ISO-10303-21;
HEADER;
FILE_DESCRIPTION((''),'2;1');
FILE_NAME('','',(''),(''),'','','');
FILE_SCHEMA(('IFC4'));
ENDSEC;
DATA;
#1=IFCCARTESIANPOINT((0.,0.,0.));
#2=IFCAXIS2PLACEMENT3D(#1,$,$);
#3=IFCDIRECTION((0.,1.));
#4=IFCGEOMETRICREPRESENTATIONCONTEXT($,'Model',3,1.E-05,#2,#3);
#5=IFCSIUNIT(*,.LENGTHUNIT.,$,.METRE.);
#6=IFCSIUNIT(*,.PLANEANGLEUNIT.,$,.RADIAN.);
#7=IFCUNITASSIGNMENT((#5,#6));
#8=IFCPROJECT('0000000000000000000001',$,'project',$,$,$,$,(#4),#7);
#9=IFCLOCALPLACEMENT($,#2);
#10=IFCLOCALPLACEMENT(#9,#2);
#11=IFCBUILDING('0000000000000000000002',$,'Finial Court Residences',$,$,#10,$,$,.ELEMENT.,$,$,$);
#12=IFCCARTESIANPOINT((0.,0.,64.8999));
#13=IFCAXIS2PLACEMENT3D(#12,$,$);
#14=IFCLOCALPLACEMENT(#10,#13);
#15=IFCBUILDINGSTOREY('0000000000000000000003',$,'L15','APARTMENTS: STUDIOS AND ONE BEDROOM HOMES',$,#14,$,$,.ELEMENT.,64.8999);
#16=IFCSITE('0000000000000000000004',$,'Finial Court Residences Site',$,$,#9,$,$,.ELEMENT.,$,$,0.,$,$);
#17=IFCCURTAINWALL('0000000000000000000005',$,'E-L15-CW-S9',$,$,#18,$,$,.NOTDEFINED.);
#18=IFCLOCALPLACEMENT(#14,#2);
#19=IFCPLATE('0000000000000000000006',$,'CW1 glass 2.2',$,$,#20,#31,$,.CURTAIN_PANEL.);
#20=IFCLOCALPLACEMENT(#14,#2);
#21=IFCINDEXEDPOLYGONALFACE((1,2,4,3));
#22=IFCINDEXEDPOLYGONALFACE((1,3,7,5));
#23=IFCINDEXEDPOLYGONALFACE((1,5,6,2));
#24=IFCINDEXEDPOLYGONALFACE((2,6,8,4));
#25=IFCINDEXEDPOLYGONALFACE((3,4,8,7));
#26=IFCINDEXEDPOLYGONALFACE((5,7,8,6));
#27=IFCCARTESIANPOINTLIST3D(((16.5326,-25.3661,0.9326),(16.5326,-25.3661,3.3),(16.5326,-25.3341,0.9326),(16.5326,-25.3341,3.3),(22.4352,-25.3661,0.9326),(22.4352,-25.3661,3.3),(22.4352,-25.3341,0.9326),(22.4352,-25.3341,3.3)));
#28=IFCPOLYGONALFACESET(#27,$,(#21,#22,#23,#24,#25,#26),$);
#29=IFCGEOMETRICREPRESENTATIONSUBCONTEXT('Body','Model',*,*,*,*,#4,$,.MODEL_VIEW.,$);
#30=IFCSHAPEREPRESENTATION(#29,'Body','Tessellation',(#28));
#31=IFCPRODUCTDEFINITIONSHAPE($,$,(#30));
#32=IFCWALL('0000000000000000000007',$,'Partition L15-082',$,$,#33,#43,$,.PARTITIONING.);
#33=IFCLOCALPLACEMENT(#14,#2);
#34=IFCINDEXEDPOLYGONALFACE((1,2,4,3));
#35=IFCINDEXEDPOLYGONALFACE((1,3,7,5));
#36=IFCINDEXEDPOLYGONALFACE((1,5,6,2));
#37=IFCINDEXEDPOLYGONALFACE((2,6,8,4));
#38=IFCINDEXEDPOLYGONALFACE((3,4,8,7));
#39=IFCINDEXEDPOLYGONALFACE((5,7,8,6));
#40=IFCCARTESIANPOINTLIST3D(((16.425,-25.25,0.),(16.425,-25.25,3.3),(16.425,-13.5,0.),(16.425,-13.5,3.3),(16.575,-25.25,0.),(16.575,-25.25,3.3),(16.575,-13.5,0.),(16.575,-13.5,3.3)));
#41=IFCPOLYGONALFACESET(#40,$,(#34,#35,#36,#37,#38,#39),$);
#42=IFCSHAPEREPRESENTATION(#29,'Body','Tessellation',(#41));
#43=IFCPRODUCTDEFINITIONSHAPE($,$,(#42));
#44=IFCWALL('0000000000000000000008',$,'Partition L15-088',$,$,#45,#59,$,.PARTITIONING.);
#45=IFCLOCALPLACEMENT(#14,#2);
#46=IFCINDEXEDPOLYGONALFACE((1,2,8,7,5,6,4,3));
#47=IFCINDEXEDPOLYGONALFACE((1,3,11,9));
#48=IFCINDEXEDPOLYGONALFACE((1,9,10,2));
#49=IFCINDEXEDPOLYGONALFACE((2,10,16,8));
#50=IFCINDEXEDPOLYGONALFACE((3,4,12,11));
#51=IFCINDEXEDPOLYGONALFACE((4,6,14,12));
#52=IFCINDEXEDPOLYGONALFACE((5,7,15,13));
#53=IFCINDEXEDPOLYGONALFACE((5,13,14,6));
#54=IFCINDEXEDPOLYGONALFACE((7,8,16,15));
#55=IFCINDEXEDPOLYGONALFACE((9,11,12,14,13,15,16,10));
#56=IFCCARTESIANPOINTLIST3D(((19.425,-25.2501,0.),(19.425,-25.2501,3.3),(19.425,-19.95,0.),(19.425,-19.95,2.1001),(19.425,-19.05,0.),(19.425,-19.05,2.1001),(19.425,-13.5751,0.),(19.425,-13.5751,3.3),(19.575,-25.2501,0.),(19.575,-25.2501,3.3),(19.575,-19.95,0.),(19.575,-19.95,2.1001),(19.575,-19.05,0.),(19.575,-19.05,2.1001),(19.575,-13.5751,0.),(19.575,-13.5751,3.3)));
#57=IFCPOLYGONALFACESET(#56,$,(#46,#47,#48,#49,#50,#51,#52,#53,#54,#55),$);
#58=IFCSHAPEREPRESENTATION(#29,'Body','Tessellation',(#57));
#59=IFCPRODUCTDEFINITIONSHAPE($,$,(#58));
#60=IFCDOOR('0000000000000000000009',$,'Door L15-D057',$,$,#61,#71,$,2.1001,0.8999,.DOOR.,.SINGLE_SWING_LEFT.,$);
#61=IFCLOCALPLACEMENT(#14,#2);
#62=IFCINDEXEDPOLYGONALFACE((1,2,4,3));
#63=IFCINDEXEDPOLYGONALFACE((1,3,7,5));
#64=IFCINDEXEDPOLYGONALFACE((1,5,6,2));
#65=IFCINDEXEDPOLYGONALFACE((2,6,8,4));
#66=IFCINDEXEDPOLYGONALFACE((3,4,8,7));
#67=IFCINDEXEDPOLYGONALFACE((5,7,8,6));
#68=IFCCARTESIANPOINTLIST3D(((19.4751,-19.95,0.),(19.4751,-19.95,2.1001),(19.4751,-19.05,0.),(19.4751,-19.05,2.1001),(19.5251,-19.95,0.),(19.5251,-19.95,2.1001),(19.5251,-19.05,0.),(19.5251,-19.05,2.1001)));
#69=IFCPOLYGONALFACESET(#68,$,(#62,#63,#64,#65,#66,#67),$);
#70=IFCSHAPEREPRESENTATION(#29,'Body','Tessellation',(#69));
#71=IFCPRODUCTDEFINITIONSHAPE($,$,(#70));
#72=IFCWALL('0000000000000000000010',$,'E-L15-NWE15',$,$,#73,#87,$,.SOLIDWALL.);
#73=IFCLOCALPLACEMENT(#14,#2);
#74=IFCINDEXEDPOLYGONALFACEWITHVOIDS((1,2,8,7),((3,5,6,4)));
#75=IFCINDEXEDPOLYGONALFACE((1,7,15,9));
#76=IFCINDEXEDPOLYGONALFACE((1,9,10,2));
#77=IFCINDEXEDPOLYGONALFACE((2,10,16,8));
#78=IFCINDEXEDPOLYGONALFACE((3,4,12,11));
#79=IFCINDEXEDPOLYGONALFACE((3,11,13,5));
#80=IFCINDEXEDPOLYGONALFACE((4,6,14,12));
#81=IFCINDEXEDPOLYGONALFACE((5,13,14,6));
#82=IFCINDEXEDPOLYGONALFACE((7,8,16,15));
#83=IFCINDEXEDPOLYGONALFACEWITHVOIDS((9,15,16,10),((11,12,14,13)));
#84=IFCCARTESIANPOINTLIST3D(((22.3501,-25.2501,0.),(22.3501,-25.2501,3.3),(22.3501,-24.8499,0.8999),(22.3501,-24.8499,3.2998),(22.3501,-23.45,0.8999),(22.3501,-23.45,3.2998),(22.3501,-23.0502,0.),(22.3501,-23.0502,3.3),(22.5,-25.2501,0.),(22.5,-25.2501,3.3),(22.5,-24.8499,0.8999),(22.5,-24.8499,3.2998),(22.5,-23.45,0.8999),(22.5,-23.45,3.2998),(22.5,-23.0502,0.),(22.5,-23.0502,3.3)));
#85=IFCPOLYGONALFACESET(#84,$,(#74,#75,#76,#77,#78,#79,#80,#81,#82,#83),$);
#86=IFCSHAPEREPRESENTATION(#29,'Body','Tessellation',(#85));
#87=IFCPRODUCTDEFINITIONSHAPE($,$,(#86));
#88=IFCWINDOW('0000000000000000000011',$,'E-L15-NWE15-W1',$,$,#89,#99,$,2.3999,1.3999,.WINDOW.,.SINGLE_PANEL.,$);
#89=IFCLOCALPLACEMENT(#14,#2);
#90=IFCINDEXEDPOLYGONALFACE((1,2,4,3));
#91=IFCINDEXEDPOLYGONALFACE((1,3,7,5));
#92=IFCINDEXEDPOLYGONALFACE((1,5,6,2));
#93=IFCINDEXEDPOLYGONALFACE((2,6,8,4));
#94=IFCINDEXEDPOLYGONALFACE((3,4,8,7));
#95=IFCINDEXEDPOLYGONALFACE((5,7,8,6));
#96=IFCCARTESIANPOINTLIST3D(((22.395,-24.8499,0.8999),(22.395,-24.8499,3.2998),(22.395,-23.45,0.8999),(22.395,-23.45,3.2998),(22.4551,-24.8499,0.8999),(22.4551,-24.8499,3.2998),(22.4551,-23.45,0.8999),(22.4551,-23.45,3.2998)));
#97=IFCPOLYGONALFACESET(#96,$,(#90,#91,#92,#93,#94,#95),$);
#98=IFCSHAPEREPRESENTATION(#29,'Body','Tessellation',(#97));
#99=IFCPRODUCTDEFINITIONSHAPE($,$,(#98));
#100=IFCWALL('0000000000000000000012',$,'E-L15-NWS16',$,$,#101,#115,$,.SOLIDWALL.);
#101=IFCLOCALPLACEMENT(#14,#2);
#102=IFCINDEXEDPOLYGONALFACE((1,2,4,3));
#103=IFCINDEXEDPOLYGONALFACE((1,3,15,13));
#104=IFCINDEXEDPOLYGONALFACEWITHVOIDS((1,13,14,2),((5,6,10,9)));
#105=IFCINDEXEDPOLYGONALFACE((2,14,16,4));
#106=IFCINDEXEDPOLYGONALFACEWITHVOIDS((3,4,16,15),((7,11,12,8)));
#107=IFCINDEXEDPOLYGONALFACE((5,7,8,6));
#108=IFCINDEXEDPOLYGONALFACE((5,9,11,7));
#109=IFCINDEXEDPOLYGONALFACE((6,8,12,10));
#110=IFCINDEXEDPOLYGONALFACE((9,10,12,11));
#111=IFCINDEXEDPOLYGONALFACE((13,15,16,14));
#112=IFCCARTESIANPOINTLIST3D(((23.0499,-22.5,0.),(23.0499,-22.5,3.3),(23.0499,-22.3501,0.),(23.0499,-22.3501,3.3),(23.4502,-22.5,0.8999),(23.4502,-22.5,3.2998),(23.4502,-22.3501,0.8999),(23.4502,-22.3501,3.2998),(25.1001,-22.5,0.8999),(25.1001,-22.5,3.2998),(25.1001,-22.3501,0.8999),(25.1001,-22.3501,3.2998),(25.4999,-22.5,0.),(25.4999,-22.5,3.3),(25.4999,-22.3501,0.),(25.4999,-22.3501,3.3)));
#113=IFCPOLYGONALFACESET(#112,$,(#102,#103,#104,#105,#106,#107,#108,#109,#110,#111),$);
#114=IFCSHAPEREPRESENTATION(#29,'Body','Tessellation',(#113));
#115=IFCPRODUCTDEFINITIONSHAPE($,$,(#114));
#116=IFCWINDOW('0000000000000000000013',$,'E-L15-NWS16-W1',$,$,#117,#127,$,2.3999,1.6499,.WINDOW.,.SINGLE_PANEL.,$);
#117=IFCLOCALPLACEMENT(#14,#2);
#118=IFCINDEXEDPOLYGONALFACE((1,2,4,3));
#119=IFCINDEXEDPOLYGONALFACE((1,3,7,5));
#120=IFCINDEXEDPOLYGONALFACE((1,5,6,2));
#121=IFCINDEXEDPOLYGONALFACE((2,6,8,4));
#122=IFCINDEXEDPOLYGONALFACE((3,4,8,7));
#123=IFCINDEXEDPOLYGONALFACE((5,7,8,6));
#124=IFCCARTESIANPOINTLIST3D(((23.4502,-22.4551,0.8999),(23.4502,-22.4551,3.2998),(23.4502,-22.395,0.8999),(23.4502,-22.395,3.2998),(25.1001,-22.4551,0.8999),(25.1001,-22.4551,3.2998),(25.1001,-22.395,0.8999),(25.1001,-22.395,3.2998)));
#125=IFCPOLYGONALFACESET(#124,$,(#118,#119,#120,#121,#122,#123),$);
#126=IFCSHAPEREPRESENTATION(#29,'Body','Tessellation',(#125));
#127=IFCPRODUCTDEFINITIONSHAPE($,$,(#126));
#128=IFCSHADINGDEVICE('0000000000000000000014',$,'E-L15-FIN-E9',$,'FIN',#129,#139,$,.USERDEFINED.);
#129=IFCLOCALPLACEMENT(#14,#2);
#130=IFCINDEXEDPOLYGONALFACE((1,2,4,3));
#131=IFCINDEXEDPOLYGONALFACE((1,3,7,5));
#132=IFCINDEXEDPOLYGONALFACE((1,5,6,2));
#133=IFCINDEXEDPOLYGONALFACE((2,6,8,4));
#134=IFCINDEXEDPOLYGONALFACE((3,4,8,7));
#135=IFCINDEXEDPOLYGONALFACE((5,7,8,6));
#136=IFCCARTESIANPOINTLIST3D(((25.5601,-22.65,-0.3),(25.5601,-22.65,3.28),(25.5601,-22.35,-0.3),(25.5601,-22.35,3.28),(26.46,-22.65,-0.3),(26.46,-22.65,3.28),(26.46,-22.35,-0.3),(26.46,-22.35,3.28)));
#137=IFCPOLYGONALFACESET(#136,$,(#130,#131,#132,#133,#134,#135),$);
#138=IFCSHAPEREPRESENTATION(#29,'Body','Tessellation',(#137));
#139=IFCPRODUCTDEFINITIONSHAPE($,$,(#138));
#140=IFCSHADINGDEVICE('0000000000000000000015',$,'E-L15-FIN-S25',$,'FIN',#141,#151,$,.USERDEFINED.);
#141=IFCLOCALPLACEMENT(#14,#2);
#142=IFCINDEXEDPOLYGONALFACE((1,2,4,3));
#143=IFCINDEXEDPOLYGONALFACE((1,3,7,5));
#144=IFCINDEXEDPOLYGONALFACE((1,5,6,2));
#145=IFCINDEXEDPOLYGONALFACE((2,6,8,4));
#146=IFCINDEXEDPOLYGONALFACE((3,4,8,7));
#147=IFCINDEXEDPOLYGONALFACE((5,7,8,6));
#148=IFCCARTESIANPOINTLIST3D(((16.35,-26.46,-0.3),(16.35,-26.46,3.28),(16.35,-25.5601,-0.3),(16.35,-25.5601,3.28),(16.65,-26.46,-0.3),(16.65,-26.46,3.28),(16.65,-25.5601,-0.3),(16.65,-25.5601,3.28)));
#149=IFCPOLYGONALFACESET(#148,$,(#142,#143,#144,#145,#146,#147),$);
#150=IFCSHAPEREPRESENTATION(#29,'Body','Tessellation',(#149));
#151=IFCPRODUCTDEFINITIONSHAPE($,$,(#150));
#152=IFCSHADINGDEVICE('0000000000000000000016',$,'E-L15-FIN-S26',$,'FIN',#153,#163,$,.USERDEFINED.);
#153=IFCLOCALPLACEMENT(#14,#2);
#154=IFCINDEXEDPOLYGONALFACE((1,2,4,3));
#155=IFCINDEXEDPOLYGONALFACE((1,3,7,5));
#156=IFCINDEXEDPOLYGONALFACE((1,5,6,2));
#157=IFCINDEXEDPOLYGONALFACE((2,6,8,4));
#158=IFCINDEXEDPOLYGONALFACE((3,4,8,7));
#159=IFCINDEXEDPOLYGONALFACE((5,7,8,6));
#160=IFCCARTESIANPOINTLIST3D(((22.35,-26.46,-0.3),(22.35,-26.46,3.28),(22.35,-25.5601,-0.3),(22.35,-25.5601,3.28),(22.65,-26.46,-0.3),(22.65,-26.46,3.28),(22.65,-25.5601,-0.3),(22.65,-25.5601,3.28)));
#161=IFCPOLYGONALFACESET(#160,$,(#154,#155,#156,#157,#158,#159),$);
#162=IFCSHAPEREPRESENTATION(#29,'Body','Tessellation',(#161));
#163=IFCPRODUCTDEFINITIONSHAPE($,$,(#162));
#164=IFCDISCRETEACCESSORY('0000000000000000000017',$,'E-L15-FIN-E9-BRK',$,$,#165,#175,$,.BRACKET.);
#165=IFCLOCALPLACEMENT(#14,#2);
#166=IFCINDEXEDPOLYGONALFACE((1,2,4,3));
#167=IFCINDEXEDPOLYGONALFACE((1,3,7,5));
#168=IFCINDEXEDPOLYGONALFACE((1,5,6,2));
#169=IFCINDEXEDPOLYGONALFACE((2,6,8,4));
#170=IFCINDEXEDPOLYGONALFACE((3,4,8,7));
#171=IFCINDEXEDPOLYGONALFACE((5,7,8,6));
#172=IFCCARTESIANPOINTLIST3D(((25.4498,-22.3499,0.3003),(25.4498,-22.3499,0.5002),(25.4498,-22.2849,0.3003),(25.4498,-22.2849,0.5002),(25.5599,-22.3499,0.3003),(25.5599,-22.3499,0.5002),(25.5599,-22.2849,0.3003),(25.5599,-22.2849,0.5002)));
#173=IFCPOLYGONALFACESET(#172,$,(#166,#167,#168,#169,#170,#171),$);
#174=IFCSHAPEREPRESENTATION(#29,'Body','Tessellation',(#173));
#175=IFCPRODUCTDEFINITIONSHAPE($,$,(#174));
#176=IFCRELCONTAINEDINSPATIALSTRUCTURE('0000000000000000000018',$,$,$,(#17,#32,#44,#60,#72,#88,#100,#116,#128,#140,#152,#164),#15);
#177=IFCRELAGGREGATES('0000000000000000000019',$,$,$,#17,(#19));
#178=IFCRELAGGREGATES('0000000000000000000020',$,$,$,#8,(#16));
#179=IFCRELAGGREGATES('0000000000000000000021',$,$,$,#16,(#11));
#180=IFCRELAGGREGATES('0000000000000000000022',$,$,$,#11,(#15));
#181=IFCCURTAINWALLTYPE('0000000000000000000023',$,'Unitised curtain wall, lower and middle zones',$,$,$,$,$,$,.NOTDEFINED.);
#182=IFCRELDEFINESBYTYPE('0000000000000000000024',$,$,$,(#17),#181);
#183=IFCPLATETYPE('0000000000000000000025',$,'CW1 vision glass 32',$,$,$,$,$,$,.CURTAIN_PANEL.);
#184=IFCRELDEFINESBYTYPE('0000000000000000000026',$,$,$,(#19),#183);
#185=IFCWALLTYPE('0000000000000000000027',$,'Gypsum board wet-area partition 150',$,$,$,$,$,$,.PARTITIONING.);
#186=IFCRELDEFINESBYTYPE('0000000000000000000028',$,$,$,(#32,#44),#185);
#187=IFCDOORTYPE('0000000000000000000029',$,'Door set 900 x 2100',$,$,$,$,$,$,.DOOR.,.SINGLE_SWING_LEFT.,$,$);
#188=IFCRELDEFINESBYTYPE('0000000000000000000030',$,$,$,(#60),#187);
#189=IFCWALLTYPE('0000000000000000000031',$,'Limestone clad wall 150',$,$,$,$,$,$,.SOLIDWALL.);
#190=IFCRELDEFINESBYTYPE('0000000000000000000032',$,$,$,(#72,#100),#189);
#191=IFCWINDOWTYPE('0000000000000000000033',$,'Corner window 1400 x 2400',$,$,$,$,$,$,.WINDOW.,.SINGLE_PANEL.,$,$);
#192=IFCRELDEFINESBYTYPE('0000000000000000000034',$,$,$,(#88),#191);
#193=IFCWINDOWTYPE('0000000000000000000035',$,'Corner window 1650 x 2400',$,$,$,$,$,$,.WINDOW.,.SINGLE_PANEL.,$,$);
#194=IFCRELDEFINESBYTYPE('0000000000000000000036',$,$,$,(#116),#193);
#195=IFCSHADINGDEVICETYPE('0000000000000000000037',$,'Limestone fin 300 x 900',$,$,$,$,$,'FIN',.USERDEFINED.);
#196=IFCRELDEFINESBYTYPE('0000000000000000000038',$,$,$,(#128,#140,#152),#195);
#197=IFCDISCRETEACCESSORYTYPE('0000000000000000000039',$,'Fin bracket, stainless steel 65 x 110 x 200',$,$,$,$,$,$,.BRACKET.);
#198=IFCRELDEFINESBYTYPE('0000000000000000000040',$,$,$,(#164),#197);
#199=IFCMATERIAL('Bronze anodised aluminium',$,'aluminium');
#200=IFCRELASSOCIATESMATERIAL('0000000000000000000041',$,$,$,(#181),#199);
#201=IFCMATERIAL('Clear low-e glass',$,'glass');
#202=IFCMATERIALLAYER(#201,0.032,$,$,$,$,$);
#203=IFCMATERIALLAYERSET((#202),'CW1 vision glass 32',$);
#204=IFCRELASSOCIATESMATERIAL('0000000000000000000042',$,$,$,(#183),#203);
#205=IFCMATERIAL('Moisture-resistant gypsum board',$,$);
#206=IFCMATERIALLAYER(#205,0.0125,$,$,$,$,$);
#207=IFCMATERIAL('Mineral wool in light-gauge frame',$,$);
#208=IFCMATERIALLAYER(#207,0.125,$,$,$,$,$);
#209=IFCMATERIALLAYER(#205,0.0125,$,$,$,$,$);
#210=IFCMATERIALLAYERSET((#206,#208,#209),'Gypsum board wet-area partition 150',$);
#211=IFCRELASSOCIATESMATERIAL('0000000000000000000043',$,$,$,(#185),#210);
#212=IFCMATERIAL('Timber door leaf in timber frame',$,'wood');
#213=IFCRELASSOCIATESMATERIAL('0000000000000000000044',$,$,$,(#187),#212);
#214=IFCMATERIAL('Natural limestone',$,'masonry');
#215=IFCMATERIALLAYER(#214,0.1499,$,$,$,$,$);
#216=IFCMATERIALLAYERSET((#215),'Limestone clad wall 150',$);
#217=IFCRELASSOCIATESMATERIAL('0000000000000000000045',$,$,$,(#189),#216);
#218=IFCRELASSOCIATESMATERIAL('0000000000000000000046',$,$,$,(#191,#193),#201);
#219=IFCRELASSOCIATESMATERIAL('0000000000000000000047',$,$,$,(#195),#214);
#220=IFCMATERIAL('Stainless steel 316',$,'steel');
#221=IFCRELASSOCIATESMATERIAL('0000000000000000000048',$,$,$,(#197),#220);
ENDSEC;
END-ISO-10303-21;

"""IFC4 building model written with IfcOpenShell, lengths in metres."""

from ifc_helpers import new_model, si_unit, direction, frame, frame_2d, origin, origin_2d, place, context, subcontext, project, spatial, rectangle, extrude, material, layer, layer_set, type_object, element, fill, aggregate, save


model = new_model("IFC4")

# Units and contexts
model_context = context("Model", 3, precision=1e-05, world=origin(), true_north=direction((0.0, 1.0)))
body_context = subcontext(model_context, "Body", "Model", "MODEL_VIEW")
ifc_project = project(units=[si_unit("LENGTHUNIT", "METRE"), si_unit("PLANEANGLEUNIT", "RADIAN")], contexts=[model_context])

# Site, building, storey
site_placement = place(None, origin())
site = spatial("IfcSite", under=ifc_project, at=site_placement, Name="Finial Court Residences Site", CompositionType="ELEMENT", RefElevation=0.0)
building_placement = place(site_placement, origin())
building = spatial("IfcBuilding", under=site, at=building_placement, Name="Finial Court Residences", CompositionType="ELEMENT")
storey_placement = place(building_placement, frame((0.0, 0.0, 64.8999)))
storey = spatial("IfcBuildingStorey", under=building, at=storey_placement, Name="L15", Description="APARTMENTS: STUDIOS AND ONE BEDROOM HOMES", CompositionType="ELEMENT", Elevation=64.8999)

# Shared definitions
ifc_material_1 = material(Name="Bronze anodised aluminium", Category="aluminium")
curtain_wall_type = type_object("IfcCurtainWallType", Name="Unitised curtain wall, lower and middle zones", PredefinedType="NOTDEFINED", material=ifc_material_1)

# Curtain wall
curtain_wall_1_placement = place(storey_placement, origin())
curtain_wall_1 = element("IfcCurtainWall", 1, at=curtain_wall_1_placement, inside=storey, type_object=curtain_wall_type, Name="E-L15-CW-S9", PredefinedType="NOTDEFINED")

# Plate
ifc_material_2 = material(Name="Clear low-e glass", Category="glass")
ifc_layer_1 = layer(ifc_material_2, 0.032)
ifc_layer_set_1 = layer_set([ifc_layer_1], Name="CW1 vision glass 32")
plate_type_1 = type_object("IfcPlateType", Name="CW1 vision glass 32", PredefinedType="CURTAIN_PANEL", material=ifc_layer_set_1)
plate_1_placement = place(storey_placement, frame((19.4839, -25.3501, 0.9326), z_axis=(0.0, 0.0, 1.0), x_axis=(1.0, 0.0, 0.0)))
plate_1 = element("IfcPlate", 2, at=plate_1_placement, type_object=plate_type_1, Name="CW1 glass 2.2", PredefinedType="CURTAIN_PANEL", context=body_context, shape_type="SweptSolid", body=[
    extrude(rectangle(XDim=5.9026, YDim=0.032, at=origin_2d()), origin(), (0.0, 0.0, 1.0), 2.3674),
])
aggregate(curtain_wall_1, [plate_1])

# Wall
ifc_material_3 = material(Name="Moisture-resistant gypsum board")
ifc_layer_2 = layer(ifc_material_3, 0.0125)
ifc_material_4 = material(Name="Mineral wool in light-gauge frame")
ifc_layer_3 = layer(ifc_material_4, 0.125)
ifc_layer_4 = layer(ifc_material_3, 0.0125)
ifc_layer_set_2 = layer_set([ifc_layer_2, ifc_layer_3, ifc_layer_4], Name="Gypsum board wet-area partition 150")
wall_type_1 = type_object("IfcWallType", Name="Gypsum board wet-area partition 150", PredefinedType="PARTITIONING", material=ifc_layer_set_2)
wall_1_placement = place(storey_placement, frame((16.5, -25.25, 0.0), z_axis=(0.0, 0.0, 1.0), x_axis=(0.0, 1.0, 0.0)))
element("IfcWall", 3, at=wall_1_placement, inside=storey, type_object=wall_type_1, Name="Partition L15-082", PredefinedType="PARTITIONING", context=body_context, shape_type="SweptSolid", body=[
    extrude(rectangle(XDim=11.75, YDim=0.1499, at=frame_2d((5.875, 0.0))), origin(), (0.0, 0.0, 1.0), 3.3),
])

# Wall, opening, door
wall_2_placement = place(storey_placement, frame((19.5, -25.25, 0.0), z_axis=(0.0, 0.0, 1.0), x_axis=(0.0, 1.0, 0.0)))
wall_2 = element("IfcWall", 4, at=wall_2_placement, inside=storey, type_object=wall_type_1, Name="Partition L15-088", PredefinedType="PARTITIONING", context=body_context, shape_type="SweptSolid", body=[
    extrude(rectangle(XDim=11.675, YDim=0.1499, at=frame_2d((5.8374, 0.0))), origin(), (0.0, 0.0, 1.0), 3.3),
])
opening_1_placement = place(wall_2_placement, frame((5.3, 0.0, 0.0)))
opening_1 = element("IfcOpeningElement", 5, at=opening_1_placement, cuts=wall_2, PredefinedType="OPENING", context=body_context, shape_type="SweptSolid", body=[
    extrude(rectangle(XDim=0.8999, YDim=2.1001, at=frame_2d((0.45, 1.05))), frame((0.0, 0.085, 0.0), z_axis=(0.0, -1.0, 0.0), x_axis=(1.0, 0.0, 0.0)), (0.0, 0.0, 1.0), 0.1699),
])
ifc_material_5 = material(Name="Timber door leaf in timber frame", Category="wood")
door_type = type_object("IfcDoorType", Name="Door set 900 x 2100", OperationType="SINGLE_SWING_LEFT", PredefinedType="DOOR", material=ifc_material_5)
door_placement = place(opening_1_placement, origin())
door = element("IfcDoor", 6, at=door_placement, inside=storey, type_object=door_type, Name="Door L15-D057", OperationType="SINGLE_SWING_LEFT", OverallHeight=2.1001, OverallWidth=0.8999, PredefinedType="DOOR", context=body_context, shape_type="SweptSolid", body=[
    extrude(rectangle(XDim=0.8999, YDim=2.1001, at=frame_2d((0.45, 1.05))), frame((0.0, 0.0249, 0.0), z_axis=(0.0, -1.0, 0.0), x_axis=(1.0, 0.0, 0.0)), (0.0, 0.0, 1.0), 0.05),
])
fill(opening_1, door)

# Walls, openings, windows
ifc_material_6 = material(Name="Natural limestone", Category="masonry")
ifc_layer_5 = layer(ifc_material_6, 0.1499)
ifc_layer_set_3 = layer_set([ifc_layer_5], Name="Limestone clad wall 150")
wall_type_2 = type_object("IfcWallType", Name="Limestone clad wall 150", PredefinedType="SOLIDWALL", material=ifc_layer_set_3)
wall_3_placement = place(storey_placement, frame((22.425, -23.05, 0.0), z_axis=(0.0, 0.0, 1.0), x_axis=(0.0, -1.0, 0.0)))
wall_3 = element("IfcWall", 7, at=wall_3_placement, inside=storey, type_object=wall_type_2, Name="E-L15-NWE15", PredefinedType="SOLIDWALL", context=body_context, shape_type="SweptSolid", body=[
    extrude(rectangle(XDim=2.2, YDim=0.1499, at=frame_2d((1.1001, 0.0))), origin(), (0.0, 0.0, 1.0), 3.3),
])
opening_2_placement = place(wall_3_placement, frame((0.3999, 0.0, 0.8999)))
opening_2 = element("IfcOpeningElement", 8, at=opening_2_placement, cuts=wall_3, PredefinedType="OPENING", context=body_context, shape_type="SweptSolid", body=[
    extrude(rectangle(XDim=1.3999, YDim=2.3999, at=frame_2d((0.7, 1.2))), frame((0.0, 0.085, 0.0), z_axis=(0.0, -1.0, 0.0), x_axis=(1.0, 0.0, 0.0)), (0.0, 0.0, 1.0), 0.1699),
])
window_type_1 = type_object("IfcWindowType", Name="Corner window 1400 x 2400", PartitioningType="SINGLE_PANEL", PredefinedType="WINDOW", material=ifc_material_2)
window_1_placement = place(opening_2_placement, origin())
window_1 = element("IfcWindow", 9, at=window_1_placement, inside=storey, type_object=window_type_1, Name="E-L15-NWE15-W1", OverallHeight=2.3999, OverallWidth=1.3999, PartitioningType="SINGLE_PANEL", PredefinedType="WINDOW", context=body_context, shape_type="SweptSolid", body=[
    extrude(rectangle(XDim=1.3999, YDim=2.3999, at=frame_2d((0.7, 1.2))), frame((0.0, 0.03, 0.0), z_axis=(0.0, -1.0, 0.0), x_axis=(1.0, 0.0, 0.0)), (0.0, 0.0, 1.0), 0.0601),
])
fill(opening_2, window_1)
wall_4_placement = place(storey_placement, frame((25.5, -22.425, 0.0), z_axis=(0.0, 0.0, 1.0), x_axis=(-1.0, 0.0, 0.0)))
wall_4 = element("IfcWall", 10, at=wall_4_placement, inside=storey, type_object=wall_type_2, Name="E-L15-NWS16", PredefinedType="SOLIDWALL", context=body_context, shape_type="SweptSolid", body=[
    extrude(rectangle(XDim=2.45, YDim=0.1499, at=frame_2d((1.2251, 0.0))), origin(), (0.0, 0.0, 1.0), 3.3),
])
opening_3_placement = place(wall_4_placement, frame((0.3999, 0.0, 0.8999)))
opening_3 = element("IfcOpeningElement", 11, at=opening_3_placement, cuts=wall_4, PredefinedType="OPENING", context=body_context, shape_type="SweptSolid", body=[
    extrude(rectangle(XDim=1.6499, YDim=2.3999, at=frame_2d((0.825, 1.2))), frame((0.0, 0.085, 0.0), z_axis=(0.0, -1.0, 0.0), x_axis=(1.0, 0.0, 0.0)), (0.0, 0.0, 1.0), 0.1699),
])
window_type_2 = type_object("IfcWindowType", Name="Corner window 1650 x 2400", PartitioningType="SINGLE_PANEL", PredefinedType="WINDOW", material=ifc_material_2)
window_2_placement = place(opening_3_placement, origin())
window_2 = element("IfcWindow", 12, at=window_2_placement, inside=storey, type_object=window_type_2, Name="E-L15-NWS16-W1", OverallHeight=2.3999, OverallWidth=1.6499, PartitioningType="SINGLE_PANEL", PredefinedType="WINDOW", context=body_context, shape_type="SweptSolid", body=[
    extrude(rectangle(XDim=1.6499, YDim=2.3999, at=frame_2d((0.825, 1.2))), frame((0.0, 0.03, 0.0), z_axis=(0.0, -1.0, 0.0), x_axis=(1.0, 0.0, 0.0)), (0.0, 0.0, 1.0), 0.0601),
])
fill(opening_3, window_2)

# Shading devices
shading_device_type = type_object("IfcShadingDeviceType", Name="Limestone fin 300 x 900", ElementType="FIN", PredefinedType="USERDEFINED", material=ifc_material_6)
shading_device_placement = place(storey_placement, frame((26.01, -22.5, -0.3), z_axis=(0.0, 0.0, 1.0), x_axis=(1.0, 0.0, 0.0)))
element("IfcShadingDevice", 13, at=shading_device_placement, inside=storey, type_object=shading_device_type, Name="E-L15-FIN-E9", ObjectType="FIN", PredefinedType="USERDEFINED", context=body_context, shape_type="SweptSolid", body=[
    extrude(rectangle(XDim=0.8999, YDim=0.3, at=origin_2d()), origin(), (0.0, 0.0, 1.0), 3.5801),
])
for number, where, z_axis, x_axis, name in (
    (14, (16.5, -26.01, -0.3), (0.0, 0.0, 1.0), (1.0, 0.0, 0.0), "E-L15-FIN-S25"),
    (15, (22.5, -26.01, -0.3), (0.0, 0.0, 1.0), (1.0, 0.0, 0.0), "E-L15-FIN-S26"),
):
    element("IfcShadingDevice", number, at=place(storey_placement, frame(where, z_axis=z_axis, x_axis=x_axis)), inside=storey, type_object=shading_device_type, Name=name, ObjectType="FIN", PredefinedType="USERDEFINED", context=body_context, shape_type="SweptSolid", body=[
        extrude(rectangle(XDim=0.3, YDim=0.8999, at=origin_2d()), origin(), (0.0, 0.0, 1.0), 3.5801),
    ])

# Discrete accessory
ifc_material_7 = material(Name="Stainless steel 316", Category="steel")
discrete_accessory_type = type_object("IfcDiscreteAccessoryType", Name="Fin bracket, stainless steel 65 x 110 x 200", PredefinedType="BRACKET", material=ifc_material_7)
discrete_accessory_placement = place(storey_placement, frame((25.5049, -22.3174, 0.3003), z_axis=(0.0, 0.0, 1.0), x_axis=(1.0, 0.0, 0.0)))
element("IfcDiscreteAccessory", 16, at=discrete_accessory_placement, inside=storey, type_object=discrete_accessory_type, Name="E-L15-FIN-E9-BRK", PredefinedType="BRACKET", context=body_context, shape_type="SweptSolid", body=[
    extrude(rectangle(XDim=0.1101, YDim=0.0649, at=origin_2d()), origin(), (0.0, 0.0, 1.0), 0.2),
])

save(model, "model.ifc")
